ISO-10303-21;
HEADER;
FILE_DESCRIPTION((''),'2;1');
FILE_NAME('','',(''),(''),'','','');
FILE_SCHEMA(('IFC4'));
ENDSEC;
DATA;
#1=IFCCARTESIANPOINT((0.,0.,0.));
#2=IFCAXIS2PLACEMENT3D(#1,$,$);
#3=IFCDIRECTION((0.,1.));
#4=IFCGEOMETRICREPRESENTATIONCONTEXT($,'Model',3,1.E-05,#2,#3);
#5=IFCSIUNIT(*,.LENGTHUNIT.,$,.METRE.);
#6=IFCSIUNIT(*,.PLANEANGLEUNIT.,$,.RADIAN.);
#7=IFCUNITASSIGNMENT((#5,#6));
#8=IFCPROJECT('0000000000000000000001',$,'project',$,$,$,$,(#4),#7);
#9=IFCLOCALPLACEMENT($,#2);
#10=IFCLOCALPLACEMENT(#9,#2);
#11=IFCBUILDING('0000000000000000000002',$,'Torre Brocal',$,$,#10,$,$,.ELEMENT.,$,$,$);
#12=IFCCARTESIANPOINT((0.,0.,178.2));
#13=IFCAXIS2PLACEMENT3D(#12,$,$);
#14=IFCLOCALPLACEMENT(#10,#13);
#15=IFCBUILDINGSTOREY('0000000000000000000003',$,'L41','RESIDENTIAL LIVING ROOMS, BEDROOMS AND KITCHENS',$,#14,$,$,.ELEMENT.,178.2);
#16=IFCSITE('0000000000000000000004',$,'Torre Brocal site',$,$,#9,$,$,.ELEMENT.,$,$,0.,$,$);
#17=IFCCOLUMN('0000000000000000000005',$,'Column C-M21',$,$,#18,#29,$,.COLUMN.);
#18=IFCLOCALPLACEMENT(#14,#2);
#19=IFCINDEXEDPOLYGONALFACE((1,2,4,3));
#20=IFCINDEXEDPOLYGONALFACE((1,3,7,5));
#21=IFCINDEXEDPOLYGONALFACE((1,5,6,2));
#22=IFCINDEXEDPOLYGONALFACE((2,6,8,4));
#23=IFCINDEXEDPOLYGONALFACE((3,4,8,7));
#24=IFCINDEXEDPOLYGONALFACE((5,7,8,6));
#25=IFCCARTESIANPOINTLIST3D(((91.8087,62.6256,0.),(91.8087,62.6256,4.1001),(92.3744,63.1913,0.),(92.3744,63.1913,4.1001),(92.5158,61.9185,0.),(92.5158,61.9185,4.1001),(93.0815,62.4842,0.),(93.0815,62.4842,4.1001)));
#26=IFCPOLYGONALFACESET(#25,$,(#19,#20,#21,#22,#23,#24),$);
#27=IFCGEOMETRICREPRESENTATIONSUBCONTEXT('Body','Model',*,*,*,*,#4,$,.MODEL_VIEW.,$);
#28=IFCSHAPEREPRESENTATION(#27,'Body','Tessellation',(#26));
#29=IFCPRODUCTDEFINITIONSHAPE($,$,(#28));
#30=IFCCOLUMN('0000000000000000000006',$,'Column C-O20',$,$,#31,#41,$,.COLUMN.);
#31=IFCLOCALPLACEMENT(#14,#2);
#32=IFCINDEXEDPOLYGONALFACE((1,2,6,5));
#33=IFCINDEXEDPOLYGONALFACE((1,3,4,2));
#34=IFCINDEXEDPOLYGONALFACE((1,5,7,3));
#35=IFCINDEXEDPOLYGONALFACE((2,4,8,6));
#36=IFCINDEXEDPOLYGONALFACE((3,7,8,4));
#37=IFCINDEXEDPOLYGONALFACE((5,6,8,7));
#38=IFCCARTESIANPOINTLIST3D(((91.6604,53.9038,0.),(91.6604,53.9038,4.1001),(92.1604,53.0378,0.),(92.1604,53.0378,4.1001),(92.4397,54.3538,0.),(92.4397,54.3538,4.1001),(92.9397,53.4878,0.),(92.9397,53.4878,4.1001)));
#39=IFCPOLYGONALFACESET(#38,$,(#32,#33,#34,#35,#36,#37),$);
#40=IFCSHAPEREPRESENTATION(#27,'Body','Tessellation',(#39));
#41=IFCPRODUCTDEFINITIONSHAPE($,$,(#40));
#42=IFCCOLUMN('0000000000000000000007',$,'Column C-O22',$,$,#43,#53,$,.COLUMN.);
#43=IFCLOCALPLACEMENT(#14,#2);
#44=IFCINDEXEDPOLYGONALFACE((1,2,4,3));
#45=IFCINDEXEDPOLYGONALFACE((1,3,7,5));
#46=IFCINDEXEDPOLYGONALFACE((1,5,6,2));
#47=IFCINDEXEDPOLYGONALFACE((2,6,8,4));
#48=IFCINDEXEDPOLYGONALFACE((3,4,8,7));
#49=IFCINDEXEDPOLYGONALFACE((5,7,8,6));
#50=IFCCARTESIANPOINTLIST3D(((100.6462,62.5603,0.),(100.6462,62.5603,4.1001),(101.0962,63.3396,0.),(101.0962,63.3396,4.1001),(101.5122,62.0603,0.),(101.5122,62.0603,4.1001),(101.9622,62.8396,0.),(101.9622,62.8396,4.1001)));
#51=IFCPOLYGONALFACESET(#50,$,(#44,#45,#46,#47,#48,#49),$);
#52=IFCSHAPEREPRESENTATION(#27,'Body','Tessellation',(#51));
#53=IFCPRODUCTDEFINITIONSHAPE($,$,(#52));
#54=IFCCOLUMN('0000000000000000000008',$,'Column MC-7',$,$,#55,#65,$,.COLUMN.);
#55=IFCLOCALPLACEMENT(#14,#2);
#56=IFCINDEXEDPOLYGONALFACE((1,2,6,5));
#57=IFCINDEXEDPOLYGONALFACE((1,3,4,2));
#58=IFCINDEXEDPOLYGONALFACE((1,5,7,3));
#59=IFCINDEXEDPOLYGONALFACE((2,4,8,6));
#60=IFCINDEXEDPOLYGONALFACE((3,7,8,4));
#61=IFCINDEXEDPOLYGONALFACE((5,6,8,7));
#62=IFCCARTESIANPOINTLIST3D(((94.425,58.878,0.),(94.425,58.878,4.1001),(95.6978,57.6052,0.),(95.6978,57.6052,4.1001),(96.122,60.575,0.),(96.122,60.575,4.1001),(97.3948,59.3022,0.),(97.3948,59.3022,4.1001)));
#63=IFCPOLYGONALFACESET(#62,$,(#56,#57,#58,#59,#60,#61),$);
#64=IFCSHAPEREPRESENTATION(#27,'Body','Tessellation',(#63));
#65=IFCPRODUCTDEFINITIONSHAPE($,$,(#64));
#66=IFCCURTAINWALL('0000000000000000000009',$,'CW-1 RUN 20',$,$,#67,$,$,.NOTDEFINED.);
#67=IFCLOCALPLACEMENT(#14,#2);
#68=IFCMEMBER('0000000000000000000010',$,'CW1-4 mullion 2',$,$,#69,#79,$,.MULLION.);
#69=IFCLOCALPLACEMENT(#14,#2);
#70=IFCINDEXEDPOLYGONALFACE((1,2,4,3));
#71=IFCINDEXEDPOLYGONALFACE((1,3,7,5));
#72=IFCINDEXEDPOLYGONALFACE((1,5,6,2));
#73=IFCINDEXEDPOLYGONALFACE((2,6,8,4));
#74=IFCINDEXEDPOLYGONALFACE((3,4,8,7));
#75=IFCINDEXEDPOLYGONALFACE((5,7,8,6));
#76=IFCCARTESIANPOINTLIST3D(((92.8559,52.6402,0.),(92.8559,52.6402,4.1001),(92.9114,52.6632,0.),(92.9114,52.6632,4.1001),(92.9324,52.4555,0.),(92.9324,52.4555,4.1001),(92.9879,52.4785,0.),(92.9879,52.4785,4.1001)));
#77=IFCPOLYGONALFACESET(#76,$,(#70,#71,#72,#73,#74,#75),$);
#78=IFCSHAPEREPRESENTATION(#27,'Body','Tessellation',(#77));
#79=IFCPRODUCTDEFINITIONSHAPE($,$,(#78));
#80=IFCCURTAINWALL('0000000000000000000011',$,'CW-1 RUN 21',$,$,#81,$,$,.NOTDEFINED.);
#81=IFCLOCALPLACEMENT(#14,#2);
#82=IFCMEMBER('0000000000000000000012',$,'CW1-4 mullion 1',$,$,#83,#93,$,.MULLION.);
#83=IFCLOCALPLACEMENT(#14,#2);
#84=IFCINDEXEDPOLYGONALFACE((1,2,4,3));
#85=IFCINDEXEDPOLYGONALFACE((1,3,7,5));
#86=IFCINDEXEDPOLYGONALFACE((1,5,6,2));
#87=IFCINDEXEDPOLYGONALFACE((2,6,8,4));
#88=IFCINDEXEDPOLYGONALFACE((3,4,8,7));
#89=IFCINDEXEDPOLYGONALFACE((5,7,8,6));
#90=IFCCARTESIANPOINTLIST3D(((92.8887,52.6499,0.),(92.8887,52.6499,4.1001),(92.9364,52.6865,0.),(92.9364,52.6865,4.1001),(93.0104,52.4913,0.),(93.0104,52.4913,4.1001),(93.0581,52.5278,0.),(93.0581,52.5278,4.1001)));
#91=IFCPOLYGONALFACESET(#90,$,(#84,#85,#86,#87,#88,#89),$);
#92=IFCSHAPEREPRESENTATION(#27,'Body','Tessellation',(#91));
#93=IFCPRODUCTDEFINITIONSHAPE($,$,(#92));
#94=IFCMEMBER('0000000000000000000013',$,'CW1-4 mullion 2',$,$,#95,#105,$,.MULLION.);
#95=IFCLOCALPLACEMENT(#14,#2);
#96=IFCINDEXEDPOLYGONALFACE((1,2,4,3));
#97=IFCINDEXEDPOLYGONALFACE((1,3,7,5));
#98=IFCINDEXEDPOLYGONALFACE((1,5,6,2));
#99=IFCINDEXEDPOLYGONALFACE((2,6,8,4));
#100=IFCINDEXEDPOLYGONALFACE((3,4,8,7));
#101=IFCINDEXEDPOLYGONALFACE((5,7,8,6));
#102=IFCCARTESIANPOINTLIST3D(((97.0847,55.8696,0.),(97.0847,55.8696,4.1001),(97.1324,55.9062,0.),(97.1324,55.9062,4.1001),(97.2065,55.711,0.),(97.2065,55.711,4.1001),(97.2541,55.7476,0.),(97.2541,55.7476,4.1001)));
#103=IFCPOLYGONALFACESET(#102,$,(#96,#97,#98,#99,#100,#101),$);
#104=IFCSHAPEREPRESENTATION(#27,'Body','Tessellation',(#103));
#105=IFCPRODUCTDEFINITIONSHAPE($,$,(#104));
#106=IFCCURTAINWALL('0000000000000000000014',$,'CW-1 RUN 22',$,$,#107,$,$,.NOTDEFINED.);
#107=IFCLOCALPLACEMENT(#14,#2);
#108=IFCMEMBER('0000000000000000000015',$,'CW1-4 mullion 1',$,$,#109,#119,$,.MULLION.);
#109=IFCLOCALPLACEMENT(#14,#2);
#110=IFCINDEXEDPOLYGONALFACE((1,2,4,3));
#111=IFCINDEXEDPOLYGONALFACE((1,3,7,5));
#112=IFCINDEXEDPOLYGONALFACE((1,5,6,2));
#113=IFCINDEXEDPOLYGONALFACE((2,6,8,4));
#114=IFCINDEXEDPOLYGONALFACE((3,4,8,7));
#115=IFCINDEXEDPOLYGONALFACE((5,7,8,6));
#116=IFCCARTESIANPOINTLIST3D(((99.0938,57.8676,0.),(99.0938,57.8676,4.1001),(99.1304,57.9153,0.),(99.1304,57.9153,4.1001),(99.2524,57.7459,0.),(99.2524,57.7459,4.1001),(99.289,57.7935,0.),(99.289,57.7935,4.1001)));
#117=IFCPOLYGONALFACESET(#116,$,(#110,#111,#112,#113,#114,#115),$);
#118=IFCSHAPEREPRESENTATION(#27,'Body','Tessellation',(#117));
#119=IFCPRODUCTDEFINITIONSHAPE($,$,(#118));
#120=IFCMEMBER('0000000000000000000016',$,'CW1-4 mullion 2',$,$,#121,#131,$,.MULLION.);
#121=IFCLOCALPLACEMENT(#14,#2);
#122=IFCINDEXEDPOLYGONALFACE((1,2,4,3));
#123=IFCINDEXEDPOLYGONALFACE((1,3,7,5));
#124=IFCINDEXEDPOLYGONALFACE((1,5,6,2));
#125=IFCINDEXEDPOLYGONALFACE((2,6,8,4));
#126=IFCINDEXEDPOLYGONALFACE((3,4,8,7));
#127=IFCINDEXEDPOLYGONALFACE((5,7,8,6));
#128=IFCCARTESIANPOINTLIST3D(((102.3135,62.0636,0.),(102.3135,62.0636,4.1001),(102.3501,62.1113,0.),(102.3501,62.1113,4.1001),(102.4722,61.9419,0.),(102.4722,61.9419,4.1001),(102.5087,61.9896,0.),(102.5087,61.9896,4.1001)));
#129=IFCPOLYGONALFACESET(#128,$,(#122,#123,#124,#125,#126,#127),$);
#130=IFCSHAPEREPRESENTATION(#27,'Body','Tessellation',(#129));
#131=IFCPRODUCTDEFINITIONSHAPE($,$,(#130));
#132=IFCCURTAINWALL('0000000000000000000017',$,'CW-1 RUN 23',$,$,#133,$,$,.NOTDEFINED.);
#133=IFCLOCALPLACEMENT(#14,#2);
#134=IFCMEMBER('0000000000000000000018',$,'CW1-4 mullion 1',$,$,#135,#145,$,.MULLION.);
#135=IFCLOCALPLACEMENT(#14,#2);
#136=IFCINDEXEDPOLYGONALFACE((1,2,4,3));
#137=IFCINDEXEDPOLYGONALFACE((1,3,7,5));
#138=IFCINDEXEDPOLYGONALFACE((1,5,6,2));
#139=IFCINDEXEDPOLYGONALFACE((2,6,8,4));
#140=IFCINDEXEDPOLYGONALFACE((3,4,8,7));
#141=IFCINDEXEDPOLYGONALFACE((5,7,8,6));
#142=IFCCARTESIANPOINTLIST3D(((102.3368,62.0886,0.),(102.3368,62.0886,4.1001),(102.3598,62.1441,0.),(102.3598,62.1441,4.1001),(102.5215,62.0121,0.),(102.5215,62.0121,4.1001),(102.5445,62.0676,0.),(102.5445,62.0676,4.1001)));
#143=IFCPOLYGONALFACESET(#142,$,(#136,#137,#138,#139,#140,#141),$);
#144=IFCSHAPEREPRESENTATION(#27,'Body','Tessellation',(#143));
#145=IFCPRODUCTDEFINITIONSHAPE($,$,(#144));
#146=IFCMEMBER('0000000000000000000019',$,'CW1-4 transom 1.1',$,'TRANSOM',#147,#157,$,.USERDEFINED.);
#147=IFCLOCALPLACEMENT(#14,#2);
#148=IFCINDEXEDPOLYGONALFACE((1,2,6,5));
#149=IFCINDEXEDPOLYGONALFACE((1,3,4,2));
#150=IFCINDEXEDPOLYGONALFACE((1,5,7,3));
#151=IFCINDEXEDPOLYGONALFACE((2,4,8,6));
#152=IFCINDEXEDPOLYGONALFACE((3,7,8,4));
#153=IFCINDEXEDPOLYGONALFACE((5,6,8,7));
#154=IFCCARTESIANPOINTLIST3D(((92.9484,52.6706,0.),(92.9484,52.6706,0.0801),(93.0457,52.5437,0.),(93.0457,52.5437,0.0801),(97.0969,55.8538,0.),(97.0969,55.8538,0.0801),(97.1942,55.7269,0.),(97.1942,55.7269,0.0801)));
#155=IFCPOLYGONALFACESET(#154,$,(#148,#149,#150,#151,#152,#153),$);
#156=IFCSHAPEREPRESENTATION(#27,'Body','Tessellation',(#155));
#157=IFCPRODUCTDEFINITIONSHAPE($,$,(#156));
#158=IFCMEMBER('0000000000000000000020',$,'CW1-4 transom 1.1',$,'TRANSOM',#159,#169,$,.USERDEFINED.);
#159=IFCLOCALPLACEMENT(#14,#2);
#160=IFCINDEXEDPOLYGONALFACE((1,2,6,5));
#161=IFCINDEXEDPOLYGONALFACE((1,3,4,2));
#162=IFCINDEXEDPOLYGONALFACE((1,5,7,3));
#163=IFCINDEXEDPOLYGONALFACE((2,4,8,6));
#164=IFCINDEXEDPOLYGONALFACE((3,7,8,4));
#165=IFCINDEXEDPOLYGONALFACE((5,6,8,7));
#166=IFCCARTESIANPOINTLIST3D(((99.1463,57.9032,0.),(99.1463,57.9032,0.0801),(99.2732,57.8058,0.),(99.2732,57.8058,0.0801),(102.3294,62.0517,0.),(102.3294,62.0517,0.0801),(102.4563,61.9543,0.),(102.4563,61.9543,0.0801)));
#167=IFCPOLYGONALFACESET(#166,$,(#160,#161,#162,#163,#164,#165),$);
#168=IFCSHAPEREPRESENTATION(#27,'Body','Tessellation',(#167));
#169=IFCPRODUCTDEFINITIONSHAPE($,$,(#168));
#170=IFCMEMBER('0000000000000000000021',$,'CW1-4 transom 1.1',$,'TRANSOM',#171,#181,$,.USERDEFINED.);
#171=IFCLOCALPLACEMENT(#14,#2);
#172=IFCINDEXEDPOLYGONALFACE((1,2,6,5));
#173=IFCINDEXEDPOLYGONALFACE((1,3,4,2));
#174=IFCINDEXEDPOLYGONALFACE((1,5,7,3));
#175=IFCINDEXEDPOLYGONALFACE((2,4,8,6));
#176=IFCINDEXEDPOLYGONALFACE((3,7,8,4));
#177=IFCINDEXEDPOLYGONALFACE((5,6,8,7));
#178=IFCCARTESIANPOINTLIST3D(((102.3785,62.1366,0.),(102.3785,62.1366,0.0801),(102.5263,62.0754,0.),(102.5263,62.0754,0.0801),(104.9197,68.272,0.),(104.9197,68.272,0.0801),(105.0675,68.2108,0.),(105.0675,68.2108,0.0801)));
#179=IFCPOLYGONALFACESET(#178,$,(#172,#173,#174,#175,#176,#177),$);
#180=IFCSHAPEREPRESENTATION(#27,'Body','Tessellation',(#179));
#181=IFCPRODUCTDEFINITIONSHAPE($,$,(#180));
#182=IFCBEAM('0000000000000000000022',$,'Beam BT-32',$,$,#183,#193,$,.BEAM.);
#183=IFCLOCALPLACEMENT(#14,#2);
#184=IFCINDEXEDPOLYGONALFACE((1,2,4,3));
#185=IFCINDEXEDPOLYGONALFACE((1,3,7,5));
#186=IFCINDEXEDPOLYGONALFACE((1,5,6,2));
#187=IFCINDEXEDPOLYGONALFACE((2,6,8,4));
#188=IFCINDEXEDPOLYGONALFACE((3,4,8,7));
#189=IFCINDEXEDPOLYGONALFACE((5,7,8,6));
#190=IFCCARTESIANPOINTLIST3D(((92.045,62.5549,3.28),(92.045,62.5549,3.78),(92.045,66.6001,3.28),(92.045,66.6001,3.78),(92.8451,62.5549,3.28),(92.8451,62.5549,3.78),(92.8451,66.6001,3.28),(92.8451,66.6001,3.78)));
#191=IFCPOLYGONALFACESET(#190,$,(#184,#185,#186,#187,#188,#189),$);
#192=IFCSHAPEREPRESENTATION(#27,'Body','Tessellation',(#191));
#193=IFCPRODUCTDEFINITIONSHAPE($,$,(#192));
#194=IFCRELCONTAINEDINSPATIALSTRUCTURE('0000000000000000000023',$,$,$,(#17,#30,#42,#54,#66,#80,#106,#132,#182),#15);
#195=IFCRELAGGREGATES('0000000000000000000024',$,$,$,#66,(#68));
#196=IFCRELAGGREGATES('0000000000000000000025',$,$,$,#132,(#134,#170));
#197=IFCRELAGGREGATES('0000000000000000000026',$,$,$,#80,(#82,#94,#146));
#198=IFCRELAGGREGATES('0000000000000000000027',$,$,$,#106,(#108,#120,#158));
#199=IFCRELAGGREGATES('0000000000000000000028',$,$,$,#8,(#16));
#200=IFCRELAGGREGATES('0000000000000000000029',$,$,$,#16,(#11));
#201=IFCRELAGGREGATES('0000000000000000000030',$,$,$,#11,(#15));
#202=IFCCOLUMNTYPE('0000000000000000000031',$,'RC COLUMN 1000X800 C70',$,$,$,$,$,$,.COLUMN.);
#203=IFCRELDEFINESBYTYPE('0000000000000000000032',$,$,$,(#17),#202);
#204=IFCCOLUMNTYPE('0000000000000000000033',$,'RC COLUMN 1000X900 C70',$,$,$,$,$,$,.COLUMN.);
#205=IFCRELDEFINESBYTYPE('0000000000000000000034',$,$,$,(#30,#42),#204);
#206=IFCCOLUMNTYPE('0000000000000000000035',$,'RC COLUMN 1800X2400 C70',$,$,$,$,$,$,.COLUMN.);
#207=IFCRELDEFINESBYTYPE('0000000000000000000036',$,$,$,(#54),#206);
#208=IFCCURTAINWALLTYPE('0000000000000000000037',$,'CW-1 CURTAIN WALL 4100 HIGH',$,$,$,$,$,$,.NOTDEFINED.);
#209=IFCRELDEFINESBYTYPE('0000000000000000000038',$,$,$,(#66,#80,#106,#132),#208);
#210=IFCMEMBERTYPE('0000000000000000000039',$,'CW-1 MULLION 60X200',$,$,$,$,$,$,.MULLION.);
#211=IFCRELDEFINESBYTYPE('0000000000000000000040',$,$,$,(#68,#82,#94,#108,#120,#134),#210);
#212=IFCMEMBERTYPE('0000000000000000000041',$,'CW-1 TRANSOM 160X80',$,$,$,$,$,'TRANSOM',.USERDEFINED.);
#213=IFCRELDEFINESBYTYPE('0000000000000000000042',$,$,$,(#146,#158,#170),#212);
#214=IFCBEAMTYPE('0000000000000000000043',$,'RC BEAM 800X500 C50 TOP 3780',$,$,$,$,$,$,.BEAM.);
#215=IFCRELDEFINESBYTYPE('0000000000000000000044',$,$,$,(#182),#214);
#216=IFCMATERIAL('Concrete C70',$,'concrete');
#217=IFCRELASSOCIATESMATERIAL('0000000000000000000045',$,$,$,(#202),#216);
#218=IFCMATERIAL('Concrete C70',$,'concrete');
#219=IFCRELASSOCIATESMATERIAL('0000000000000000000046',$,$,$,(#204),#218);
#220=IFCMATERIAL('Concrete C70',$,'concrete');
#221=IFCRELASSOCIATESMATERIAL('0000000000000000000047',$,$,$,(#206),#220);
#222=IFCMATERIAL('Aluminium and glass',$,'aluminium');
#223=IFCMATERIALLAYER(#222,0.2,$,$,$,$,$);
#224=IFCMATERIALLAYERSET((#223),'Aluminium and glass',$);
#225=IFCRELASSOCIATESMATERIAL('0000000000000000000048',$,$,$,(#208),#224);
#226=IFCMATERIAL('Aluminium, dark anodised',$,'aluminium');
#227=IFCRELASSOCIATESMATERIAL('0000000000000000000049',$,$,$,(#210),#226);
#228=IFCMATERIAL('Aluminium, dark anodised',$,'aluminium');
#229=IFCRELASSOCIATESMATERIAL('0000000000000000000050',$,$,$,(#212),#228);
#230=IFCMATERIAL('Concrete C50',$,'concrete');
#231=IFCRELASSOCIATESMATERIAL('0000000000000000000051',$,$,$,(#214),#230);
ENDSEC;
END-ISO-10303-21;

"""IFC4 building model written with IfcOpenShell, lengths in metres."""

from ifc_helpers import new_model, si_unit, direction, frame, origin, origin_2d, place, context, subcontext, project, spatial, rectangle, extrude, material, layer, layer_set, material_profile, profile_set, type_object, element, aggregate, save


model = new_model("IFC4")

# Units and contexts
model_context = context("Model", 3, precision=1e-05, world=origin(), true_north=direction((0.0, 1.0)))
body_context = subcontext(model_context, "Body", "Model", "MODEL_VIEW")
ifc_project = project(units=[si_unit("LENGTHUNIT", "METRE"), si_unit("PLANEANGLEUNIT", "RADIAN")], contexts=[model_context])

# Site, building, storey
site_placement = place(None, origin())
site = spatial("IfcSite", under=ifc_project, at=site_placement, Name="Torre Brocal site", CompositionType="ELEMENT", RefElevation=0.0)
building_placement = place(site_placement, origin())
building = spatial("IfcBuilding", under=site, at=building_placement, Name="Torre Brocal", CompositionType="ELEMENT")
storey_placement = place(building_placement, frame((0.0, 0.0, 178.2)))
storey = spatial("IfcBuildingStorey", under=building, at=storey_placement, Name="L41", Description="RESIDENTIAL LIVING ROOMS, BEDROOMS AND KITCHENS", CompositionType="ELEMENT", Elevation=178.2)

# Columns
ifc_material_1 = material(Name="Concrete C70", Category="concrete")
ifc_material_profile_1 = material_profile(ifc_material_1, rectangle(XDim=1.0, YDim=0.8, at=origin_2d()), Name="RC 1000X800")
ifc_profile_set_1 = profile_set([ifc_material_profile_1], Name="Concrete C70")
column_type_1 = type_object("IfcColumnType", Name="RC COLUMN 1000X800 C70", PredefinedType="COLUMN", material=ifc_profile_set_1)
column_1_placement = place(storey_placement, frame((92.4451, 62.5549, 0.0), z_axis=(0.0, 0.0, 1.0), x_axis=(0.707107, -0.707107, 0.0)))
element("IfcColumn", 1, at=column_1_placement, inside=storey, type_object=column_type_1, Name="Column C-M21", PredefinedType="COLUMN", context=body_context, shape_type="SweptSolid", body=[
    extrude(rectangle(XDim=1.0, YDim=0.8, at=origin_2d()), origin(), (0.0, 0.0, 1.0), 4.1001),
])
ifc_material_2 = material(Name="Concrete C70", Category="concrete")
ifc_material_profile_2 = material_profile(ifc_material_2, rectangle(XDim=1.0, YDim=0.8999, at=origin_2d()), Name="RC 1000X900")
ifc_profile_set_2 = profile_set([ifc_material_profile_2], Name="Concrete C70")
column_type_2 = type_object("IfcColumnType", Name="RC COLUMN 1000X900 C70", PredefinedType="COLUMN", material=ifc_profile_set_2)
for number, where, z_axis, x_axis, name in (
    (2, (92.3, 53.6958, 0.0), (0.0, 0.0, 1.0), (0.5, -0.866025, 0.0), "Column C-O20"),
    (3, (101.3042, 62.7, 0.0), (0.0, 0.0, 1.0), (0.866025, -0.5, 0.0), "Column C-O22"),
):
    element("IfcColumn", number, at=place(storey_placement, frame(where, z_axis=z_axis, x_axis=x_axis)), inside=storey, type_object=column_type_2, Name=name, PredefinedType="COLUMN", context=body_context, shape_type="SweptSolid", body=[
        extrude(rectangle(XDim=1.0, YDim=0.8999, at=origin_2d()), origin(), (0.0, 0.0, 1.0), 4.1001),
    ])
ifc_material_3 = material(Name="Concrete C70", Category="concrete")
ifc_material_profile_3 = material_profile(ifc_material_3, rectangle(XDim=1.8, YDim=2.3999, at=origin_2d()), Name="RC 1800X2400")
ifc_profile_set_3 = profile_set([ifc_material_profile_3], Name="Concrete C70")
column_type_3 = type_object("IfcColumnType", Name="RC COLUMN 1800X2400 C70", PredefinedType="COLUMN", material=ifc_profile_set_3)
column_2_placement = place(storey_placement, frame((95.9099, 59.0901, 0.0), z_axis=(0.0, 0.0, 1.0), x_axis=(0.707107, -0.707107, 0.0)))
element("IfcColumn", 4, at=column_2_placement, inside=storey, type_object=column_type_3, Name="Column MC-7", PredefinedType="COLUMN", context=body_context, shape_type="SweptSolid", body=[
    extrude(rectangle(XDim=1.8, YDim=2.3999, at=origin_2d()), origin(), (0.0, 0.0, 1.0), 4.1001),
])

# Curtain wall, member
ifc_material_4 = material(Name="Aluminium and glass", Category="aluminium")
ifc_layer_1 = layer(ifc_material_4, 0.2)
ifc_layer_set_1 = layer_set([ifc_layer_1], Name="Aluminium and glass")
curtain_wall_type = type_object("IfcCurtainWallType", Name="CW-1 CURTAIN WALL 4100 HIGH", PredefinedType="NOTDEFINED", material=ifc_layer_set_1)
curtain_wall_1_placement = place(storey_placement, origin())
curtain_wall_1 = element("IfcCurtainWall", 5, at=curtain_wall_1_placement, inside=storey, type_object=curtain_wall_type, Name="CW-1 RUN 20", PredefinedType="NOTDEFINED")
ifc_material_5 = material(Name="Aluminium, dark anodised", Category="aluminium")
ifc_material_profile_4 = material_profile(ifc_material_5, rectangle(XDim=0.2, YDim=0.0601, at=origin_2d()), Name="CW-1 MULLION 60X200")
ifc_profile_set_4 = profile_set([ifc_material_profile_4], Name="Aluminium, dark anodised")
member_type_1 = type_object("IfcMemberType", Name="CW-1 MULLION 60X200", PredefinedType="MULLION", material=ifc_profile_set_4)
member_1_placement = place(storey_placement, frame((92.9219, 52.5593, 0.0), z_axis=(0.0, 0.0, 1.0), x_axis=(-0.382683, 0.92388, 0.0)))
member_1 = element("IfcMember", 6, at=member_1_placement, type_object=member_type_1, Name="CW1-4 mullion 2", PredefinedType="MULLION", context=body_context, shape_type="SweptSolid", body=[
    extrude(rectangle(XDim=0.2, YDim=0.0601, at=origin_2d()), origin(), (0.0, 0.0, 1.0), 4.1001),
])
aggregate(curtain_wall_1, [member_1])

# Curtain walls, members
curtain_wall_2_placement = place(storey_placement, origin())
curtain_wall_2 = element("IfcCurtainWall", 7, at=curtain_wall_2_placement, inside=storey, type_object=curtain_wall_type, Name="CW-1 RUN 21", PredefinedType="NOTDEFINED")
member_2_placement = place(storey_placement, frame((92.9734, 52.5889, 0.0), z_axis=(0.0, 0.0, 1.0), x_axis=(-0.608761, 0.793353, 0.0)))
member_2 = element("IfcMember", 8, at=member_2_placement, type_object=member_type_1, Name="CW1-4 mullion 1", PredefinedType="MULLION", context=body_context, shape_type="SweptSolid", body=[
    extrude(rectangle(XDim=0.2, YDim=0.0601, at=origin_2d()), origin(), (0.0, 0.0, 1.0), 4.1001),
])
member_3_placement = place(storey_placement, frame((97.1694, 55.8086, 0.0), z_axis=(0.0, 0.0, 1.0), x_axis=(-0.608761, 0.793353, 0.0)))
member_3 = element("IfcMember", 9, at=member_3_placement, type_object=member_type_1, Name="CW1-4 mullion 2", PredefinedType="MULLION", context=body_context, shape_type="SweptSolid", body=[
    extrude(rectangle(XDim=0.2, YDim=0.0601, at=origin_2d()), origin(), (0.0, 0.0, 1.0), 4.1001),
])
curtain_wall_3_placement = place(storey_placement, origin())
curtain_wall_3 = element("IfcCurtainWall", 10, at=curtain_wall_3_placement, inside=storey, type_object=curtain_wall_type, Name="CW-1 RUN 22", PredefinedType="NOTDEFINED")
member_4_placement = place(storey_placement, frame((99.1914, 57.8306, 0.0), z_axis=(0.0, 0.0, 1.0), x_axis=(-0.793353, 0.608761, 0.0)))
member_4 = element("IfcMember", 11, at=member_4_placement, type_object=member_type_1, Name="CW1-4 mullion 1", PredefinedType="MULLION", context=body_context, shape_type="SweptSolid", body=[
    extrude(rectangle(XDim=0.2, YDim=0.0601, at=origin_2d()), origin(), (0.0, 0.0, 1.0), 4.1001),
])
member_5_placement = place(storey_placement, frame((102.4111, 62.0266, 0.0), z_axis=(0.0, 0.0, 1.0), x_axis=(-0.793353, 0.608761, 0.0)))
member_5 = element("IfcMember", 12, at=member_5_placement, type_object=member_type_1, Name="CW1-4 mullion 2", PredefinedType="MULLION", context=body_context, shape_type="SweptSolid", body=[
    extrude(rectangle(XDim=0.2, YDim=0.0601, at=origin_2d()), origin(), (0.0, 0.0, 1.0), 4.1001),
])

# Curtain wall, member
curtain_wall_4_placement = place(storey_placement, origin())
curtain_wall_4 = element("IfcCurtainWall", 13, at=curtain_wall_4_placement, inside=storey, type_object=curtain_wall_type, Name="CW-1 RUN 23", PredefinedType="NOTDEFINED")
member_6_placement = place(storey_placement, frame((102.4407, 62.0781, 0.0), z_axis=(0.0, 0.0, 1.0), x_axis=(-0.92388, 0.382683, 0.0)))
member_6 = element("IfcMember", 14, at=member_6_placement, type_object=member_type_1, Name="CW1-4 mullion 1", PredefinedType="MULLION", context=body_context, shape_type="SweptSolid", body=[
    extrude(rectangle(XDim=0.2, YDim=0.0601, at=origin_2d()), origin(), (0.0, 0.0, 1.0), 4.1001),
])

# Members
ifc_material_6 = material(Name="Aluminium, dark anodised", Category="aluminium")
ifc_material_profile_5 = material_profile(ifc_material_6, rectangle(XDim=0.1599, YDim=0.0801, at=origin_2d()), Name="CW-1 TRANSOM 160X80")
ifc_profile_set_5 = profile_set([ifc_material_profile_5], Name="Aluminium, dark anodised")
member_type_2 = type_object("IfcMemberType", Name="CW-1 TRANSOM 160X80", ElementType="TRANSOM", PredefinedType="USERDEFINED", material=ifc_profile_set_5)
member_7_placement = place(storey_placement, frame((92.9971, 52.6072, 0.04), z_axis=(0.793363, 0.608749, 0.0), x_axis=(-0.608749, 0.793363, 0.0)))
member_7 = element("IfcMember", 15, at=member_7_placement, type_object=member_type_2, Name="CW1-4 transom 1.1", ObjectType="TRANSOM", PredefinedType="USERDEFINED", context=body_context, shape_type="SweptSolid", body=[
    extrude(rectangle(XDim=0.1599, YDim=0.0801, at=origin_2d()), origin(), (0.0, 0.0, 1.0), 5.229),
])
member_8_placement = place(storey_placement, frame((99.2097, 57.8545, 0.04), z_axis=(0.608749, 0.793363, 0.0), x_axis=(-0.793363, 0.608749, 0.0)))
member_8 = element("IfcMember", 16, at=member_8_placement, type_object=member_type_2, Name="CW1-4 transom 1.1", ObjectType="TRANSOM", PredefinedType="USERDEFINED", context=body_context, shape_type="SweptSolid", body=[
    extrude(rectangle(XDim=0.1599, YDim=0.0801, at=origin_2d()), origin(), (0.0, 0.0, 1.0), 5.229),
])
member_9_placement = place(storey_placement, frame((102.4524, 62.106, 0.04), z_axis=(0.382665, 0.923887, 0.0), x_axis=(-0.923887, 0.382665, 0.0)))
member_9 = element("IfcMember", 17, at=member_9_placement, type_object=member_type_2, Name="CW1-4 transom 1.1", ObjectType="TRANSOM", PredefinedType="USERDEFINED", context=body_context, shape_type="SweptSolid", body=[
    extrude(rectangle(XDim=0.1599, YDim=0.0801, at=origin_2d()), origin(), (0.0, 0.0, 1.0), 6.6409),
])
aggregate(curtain_wall_4, [member_6, member_9])

# Beam
ifc_material_7 = material(Name="Concrete C50", Category="concrete")
ifc_material_profile_6 = material_profile(ifc_material_7, rectangle(XDim=0.8, YDim=0.5, at=origin_2d()), Name="RC 800X500")
ifc_profile_set_6 = profile_set([ifc_material_profile_6], Name="Concrete C50")
beam_type_1 = type_object("IfcBeamType", Name="RC BEAM 800X500 C50 TOP 3780", PredefinedType="BEAM", material=ifc_profile_set_6)
beam_placement = place(storey_placement, frame((92.4451, 62.5549, 3.53), z_axis=(0.0, 1.0, 0.0), x_axis=(-1.0, 0.0, 0.0)))
element("IfcBeam", 18, at=beam_placement, inside=storey, type_object=beam_type_1, Name="Beam BT-32", PredefinedType="BEAM", context=body_context, shape_type="SweptSolid", body=[
    extrude(rectangle(XDim=0.8, YDim=0.5, at=origin_2d()), origin(), (0.0, 0.0, 1.0), 4.0452),
])

aggregate(curtain_wall_2, [member_2, member_3, member_7])
aggregate(curtain_wall_3, [member_4, member_5, member_8])

save(model, "model.ifc")
